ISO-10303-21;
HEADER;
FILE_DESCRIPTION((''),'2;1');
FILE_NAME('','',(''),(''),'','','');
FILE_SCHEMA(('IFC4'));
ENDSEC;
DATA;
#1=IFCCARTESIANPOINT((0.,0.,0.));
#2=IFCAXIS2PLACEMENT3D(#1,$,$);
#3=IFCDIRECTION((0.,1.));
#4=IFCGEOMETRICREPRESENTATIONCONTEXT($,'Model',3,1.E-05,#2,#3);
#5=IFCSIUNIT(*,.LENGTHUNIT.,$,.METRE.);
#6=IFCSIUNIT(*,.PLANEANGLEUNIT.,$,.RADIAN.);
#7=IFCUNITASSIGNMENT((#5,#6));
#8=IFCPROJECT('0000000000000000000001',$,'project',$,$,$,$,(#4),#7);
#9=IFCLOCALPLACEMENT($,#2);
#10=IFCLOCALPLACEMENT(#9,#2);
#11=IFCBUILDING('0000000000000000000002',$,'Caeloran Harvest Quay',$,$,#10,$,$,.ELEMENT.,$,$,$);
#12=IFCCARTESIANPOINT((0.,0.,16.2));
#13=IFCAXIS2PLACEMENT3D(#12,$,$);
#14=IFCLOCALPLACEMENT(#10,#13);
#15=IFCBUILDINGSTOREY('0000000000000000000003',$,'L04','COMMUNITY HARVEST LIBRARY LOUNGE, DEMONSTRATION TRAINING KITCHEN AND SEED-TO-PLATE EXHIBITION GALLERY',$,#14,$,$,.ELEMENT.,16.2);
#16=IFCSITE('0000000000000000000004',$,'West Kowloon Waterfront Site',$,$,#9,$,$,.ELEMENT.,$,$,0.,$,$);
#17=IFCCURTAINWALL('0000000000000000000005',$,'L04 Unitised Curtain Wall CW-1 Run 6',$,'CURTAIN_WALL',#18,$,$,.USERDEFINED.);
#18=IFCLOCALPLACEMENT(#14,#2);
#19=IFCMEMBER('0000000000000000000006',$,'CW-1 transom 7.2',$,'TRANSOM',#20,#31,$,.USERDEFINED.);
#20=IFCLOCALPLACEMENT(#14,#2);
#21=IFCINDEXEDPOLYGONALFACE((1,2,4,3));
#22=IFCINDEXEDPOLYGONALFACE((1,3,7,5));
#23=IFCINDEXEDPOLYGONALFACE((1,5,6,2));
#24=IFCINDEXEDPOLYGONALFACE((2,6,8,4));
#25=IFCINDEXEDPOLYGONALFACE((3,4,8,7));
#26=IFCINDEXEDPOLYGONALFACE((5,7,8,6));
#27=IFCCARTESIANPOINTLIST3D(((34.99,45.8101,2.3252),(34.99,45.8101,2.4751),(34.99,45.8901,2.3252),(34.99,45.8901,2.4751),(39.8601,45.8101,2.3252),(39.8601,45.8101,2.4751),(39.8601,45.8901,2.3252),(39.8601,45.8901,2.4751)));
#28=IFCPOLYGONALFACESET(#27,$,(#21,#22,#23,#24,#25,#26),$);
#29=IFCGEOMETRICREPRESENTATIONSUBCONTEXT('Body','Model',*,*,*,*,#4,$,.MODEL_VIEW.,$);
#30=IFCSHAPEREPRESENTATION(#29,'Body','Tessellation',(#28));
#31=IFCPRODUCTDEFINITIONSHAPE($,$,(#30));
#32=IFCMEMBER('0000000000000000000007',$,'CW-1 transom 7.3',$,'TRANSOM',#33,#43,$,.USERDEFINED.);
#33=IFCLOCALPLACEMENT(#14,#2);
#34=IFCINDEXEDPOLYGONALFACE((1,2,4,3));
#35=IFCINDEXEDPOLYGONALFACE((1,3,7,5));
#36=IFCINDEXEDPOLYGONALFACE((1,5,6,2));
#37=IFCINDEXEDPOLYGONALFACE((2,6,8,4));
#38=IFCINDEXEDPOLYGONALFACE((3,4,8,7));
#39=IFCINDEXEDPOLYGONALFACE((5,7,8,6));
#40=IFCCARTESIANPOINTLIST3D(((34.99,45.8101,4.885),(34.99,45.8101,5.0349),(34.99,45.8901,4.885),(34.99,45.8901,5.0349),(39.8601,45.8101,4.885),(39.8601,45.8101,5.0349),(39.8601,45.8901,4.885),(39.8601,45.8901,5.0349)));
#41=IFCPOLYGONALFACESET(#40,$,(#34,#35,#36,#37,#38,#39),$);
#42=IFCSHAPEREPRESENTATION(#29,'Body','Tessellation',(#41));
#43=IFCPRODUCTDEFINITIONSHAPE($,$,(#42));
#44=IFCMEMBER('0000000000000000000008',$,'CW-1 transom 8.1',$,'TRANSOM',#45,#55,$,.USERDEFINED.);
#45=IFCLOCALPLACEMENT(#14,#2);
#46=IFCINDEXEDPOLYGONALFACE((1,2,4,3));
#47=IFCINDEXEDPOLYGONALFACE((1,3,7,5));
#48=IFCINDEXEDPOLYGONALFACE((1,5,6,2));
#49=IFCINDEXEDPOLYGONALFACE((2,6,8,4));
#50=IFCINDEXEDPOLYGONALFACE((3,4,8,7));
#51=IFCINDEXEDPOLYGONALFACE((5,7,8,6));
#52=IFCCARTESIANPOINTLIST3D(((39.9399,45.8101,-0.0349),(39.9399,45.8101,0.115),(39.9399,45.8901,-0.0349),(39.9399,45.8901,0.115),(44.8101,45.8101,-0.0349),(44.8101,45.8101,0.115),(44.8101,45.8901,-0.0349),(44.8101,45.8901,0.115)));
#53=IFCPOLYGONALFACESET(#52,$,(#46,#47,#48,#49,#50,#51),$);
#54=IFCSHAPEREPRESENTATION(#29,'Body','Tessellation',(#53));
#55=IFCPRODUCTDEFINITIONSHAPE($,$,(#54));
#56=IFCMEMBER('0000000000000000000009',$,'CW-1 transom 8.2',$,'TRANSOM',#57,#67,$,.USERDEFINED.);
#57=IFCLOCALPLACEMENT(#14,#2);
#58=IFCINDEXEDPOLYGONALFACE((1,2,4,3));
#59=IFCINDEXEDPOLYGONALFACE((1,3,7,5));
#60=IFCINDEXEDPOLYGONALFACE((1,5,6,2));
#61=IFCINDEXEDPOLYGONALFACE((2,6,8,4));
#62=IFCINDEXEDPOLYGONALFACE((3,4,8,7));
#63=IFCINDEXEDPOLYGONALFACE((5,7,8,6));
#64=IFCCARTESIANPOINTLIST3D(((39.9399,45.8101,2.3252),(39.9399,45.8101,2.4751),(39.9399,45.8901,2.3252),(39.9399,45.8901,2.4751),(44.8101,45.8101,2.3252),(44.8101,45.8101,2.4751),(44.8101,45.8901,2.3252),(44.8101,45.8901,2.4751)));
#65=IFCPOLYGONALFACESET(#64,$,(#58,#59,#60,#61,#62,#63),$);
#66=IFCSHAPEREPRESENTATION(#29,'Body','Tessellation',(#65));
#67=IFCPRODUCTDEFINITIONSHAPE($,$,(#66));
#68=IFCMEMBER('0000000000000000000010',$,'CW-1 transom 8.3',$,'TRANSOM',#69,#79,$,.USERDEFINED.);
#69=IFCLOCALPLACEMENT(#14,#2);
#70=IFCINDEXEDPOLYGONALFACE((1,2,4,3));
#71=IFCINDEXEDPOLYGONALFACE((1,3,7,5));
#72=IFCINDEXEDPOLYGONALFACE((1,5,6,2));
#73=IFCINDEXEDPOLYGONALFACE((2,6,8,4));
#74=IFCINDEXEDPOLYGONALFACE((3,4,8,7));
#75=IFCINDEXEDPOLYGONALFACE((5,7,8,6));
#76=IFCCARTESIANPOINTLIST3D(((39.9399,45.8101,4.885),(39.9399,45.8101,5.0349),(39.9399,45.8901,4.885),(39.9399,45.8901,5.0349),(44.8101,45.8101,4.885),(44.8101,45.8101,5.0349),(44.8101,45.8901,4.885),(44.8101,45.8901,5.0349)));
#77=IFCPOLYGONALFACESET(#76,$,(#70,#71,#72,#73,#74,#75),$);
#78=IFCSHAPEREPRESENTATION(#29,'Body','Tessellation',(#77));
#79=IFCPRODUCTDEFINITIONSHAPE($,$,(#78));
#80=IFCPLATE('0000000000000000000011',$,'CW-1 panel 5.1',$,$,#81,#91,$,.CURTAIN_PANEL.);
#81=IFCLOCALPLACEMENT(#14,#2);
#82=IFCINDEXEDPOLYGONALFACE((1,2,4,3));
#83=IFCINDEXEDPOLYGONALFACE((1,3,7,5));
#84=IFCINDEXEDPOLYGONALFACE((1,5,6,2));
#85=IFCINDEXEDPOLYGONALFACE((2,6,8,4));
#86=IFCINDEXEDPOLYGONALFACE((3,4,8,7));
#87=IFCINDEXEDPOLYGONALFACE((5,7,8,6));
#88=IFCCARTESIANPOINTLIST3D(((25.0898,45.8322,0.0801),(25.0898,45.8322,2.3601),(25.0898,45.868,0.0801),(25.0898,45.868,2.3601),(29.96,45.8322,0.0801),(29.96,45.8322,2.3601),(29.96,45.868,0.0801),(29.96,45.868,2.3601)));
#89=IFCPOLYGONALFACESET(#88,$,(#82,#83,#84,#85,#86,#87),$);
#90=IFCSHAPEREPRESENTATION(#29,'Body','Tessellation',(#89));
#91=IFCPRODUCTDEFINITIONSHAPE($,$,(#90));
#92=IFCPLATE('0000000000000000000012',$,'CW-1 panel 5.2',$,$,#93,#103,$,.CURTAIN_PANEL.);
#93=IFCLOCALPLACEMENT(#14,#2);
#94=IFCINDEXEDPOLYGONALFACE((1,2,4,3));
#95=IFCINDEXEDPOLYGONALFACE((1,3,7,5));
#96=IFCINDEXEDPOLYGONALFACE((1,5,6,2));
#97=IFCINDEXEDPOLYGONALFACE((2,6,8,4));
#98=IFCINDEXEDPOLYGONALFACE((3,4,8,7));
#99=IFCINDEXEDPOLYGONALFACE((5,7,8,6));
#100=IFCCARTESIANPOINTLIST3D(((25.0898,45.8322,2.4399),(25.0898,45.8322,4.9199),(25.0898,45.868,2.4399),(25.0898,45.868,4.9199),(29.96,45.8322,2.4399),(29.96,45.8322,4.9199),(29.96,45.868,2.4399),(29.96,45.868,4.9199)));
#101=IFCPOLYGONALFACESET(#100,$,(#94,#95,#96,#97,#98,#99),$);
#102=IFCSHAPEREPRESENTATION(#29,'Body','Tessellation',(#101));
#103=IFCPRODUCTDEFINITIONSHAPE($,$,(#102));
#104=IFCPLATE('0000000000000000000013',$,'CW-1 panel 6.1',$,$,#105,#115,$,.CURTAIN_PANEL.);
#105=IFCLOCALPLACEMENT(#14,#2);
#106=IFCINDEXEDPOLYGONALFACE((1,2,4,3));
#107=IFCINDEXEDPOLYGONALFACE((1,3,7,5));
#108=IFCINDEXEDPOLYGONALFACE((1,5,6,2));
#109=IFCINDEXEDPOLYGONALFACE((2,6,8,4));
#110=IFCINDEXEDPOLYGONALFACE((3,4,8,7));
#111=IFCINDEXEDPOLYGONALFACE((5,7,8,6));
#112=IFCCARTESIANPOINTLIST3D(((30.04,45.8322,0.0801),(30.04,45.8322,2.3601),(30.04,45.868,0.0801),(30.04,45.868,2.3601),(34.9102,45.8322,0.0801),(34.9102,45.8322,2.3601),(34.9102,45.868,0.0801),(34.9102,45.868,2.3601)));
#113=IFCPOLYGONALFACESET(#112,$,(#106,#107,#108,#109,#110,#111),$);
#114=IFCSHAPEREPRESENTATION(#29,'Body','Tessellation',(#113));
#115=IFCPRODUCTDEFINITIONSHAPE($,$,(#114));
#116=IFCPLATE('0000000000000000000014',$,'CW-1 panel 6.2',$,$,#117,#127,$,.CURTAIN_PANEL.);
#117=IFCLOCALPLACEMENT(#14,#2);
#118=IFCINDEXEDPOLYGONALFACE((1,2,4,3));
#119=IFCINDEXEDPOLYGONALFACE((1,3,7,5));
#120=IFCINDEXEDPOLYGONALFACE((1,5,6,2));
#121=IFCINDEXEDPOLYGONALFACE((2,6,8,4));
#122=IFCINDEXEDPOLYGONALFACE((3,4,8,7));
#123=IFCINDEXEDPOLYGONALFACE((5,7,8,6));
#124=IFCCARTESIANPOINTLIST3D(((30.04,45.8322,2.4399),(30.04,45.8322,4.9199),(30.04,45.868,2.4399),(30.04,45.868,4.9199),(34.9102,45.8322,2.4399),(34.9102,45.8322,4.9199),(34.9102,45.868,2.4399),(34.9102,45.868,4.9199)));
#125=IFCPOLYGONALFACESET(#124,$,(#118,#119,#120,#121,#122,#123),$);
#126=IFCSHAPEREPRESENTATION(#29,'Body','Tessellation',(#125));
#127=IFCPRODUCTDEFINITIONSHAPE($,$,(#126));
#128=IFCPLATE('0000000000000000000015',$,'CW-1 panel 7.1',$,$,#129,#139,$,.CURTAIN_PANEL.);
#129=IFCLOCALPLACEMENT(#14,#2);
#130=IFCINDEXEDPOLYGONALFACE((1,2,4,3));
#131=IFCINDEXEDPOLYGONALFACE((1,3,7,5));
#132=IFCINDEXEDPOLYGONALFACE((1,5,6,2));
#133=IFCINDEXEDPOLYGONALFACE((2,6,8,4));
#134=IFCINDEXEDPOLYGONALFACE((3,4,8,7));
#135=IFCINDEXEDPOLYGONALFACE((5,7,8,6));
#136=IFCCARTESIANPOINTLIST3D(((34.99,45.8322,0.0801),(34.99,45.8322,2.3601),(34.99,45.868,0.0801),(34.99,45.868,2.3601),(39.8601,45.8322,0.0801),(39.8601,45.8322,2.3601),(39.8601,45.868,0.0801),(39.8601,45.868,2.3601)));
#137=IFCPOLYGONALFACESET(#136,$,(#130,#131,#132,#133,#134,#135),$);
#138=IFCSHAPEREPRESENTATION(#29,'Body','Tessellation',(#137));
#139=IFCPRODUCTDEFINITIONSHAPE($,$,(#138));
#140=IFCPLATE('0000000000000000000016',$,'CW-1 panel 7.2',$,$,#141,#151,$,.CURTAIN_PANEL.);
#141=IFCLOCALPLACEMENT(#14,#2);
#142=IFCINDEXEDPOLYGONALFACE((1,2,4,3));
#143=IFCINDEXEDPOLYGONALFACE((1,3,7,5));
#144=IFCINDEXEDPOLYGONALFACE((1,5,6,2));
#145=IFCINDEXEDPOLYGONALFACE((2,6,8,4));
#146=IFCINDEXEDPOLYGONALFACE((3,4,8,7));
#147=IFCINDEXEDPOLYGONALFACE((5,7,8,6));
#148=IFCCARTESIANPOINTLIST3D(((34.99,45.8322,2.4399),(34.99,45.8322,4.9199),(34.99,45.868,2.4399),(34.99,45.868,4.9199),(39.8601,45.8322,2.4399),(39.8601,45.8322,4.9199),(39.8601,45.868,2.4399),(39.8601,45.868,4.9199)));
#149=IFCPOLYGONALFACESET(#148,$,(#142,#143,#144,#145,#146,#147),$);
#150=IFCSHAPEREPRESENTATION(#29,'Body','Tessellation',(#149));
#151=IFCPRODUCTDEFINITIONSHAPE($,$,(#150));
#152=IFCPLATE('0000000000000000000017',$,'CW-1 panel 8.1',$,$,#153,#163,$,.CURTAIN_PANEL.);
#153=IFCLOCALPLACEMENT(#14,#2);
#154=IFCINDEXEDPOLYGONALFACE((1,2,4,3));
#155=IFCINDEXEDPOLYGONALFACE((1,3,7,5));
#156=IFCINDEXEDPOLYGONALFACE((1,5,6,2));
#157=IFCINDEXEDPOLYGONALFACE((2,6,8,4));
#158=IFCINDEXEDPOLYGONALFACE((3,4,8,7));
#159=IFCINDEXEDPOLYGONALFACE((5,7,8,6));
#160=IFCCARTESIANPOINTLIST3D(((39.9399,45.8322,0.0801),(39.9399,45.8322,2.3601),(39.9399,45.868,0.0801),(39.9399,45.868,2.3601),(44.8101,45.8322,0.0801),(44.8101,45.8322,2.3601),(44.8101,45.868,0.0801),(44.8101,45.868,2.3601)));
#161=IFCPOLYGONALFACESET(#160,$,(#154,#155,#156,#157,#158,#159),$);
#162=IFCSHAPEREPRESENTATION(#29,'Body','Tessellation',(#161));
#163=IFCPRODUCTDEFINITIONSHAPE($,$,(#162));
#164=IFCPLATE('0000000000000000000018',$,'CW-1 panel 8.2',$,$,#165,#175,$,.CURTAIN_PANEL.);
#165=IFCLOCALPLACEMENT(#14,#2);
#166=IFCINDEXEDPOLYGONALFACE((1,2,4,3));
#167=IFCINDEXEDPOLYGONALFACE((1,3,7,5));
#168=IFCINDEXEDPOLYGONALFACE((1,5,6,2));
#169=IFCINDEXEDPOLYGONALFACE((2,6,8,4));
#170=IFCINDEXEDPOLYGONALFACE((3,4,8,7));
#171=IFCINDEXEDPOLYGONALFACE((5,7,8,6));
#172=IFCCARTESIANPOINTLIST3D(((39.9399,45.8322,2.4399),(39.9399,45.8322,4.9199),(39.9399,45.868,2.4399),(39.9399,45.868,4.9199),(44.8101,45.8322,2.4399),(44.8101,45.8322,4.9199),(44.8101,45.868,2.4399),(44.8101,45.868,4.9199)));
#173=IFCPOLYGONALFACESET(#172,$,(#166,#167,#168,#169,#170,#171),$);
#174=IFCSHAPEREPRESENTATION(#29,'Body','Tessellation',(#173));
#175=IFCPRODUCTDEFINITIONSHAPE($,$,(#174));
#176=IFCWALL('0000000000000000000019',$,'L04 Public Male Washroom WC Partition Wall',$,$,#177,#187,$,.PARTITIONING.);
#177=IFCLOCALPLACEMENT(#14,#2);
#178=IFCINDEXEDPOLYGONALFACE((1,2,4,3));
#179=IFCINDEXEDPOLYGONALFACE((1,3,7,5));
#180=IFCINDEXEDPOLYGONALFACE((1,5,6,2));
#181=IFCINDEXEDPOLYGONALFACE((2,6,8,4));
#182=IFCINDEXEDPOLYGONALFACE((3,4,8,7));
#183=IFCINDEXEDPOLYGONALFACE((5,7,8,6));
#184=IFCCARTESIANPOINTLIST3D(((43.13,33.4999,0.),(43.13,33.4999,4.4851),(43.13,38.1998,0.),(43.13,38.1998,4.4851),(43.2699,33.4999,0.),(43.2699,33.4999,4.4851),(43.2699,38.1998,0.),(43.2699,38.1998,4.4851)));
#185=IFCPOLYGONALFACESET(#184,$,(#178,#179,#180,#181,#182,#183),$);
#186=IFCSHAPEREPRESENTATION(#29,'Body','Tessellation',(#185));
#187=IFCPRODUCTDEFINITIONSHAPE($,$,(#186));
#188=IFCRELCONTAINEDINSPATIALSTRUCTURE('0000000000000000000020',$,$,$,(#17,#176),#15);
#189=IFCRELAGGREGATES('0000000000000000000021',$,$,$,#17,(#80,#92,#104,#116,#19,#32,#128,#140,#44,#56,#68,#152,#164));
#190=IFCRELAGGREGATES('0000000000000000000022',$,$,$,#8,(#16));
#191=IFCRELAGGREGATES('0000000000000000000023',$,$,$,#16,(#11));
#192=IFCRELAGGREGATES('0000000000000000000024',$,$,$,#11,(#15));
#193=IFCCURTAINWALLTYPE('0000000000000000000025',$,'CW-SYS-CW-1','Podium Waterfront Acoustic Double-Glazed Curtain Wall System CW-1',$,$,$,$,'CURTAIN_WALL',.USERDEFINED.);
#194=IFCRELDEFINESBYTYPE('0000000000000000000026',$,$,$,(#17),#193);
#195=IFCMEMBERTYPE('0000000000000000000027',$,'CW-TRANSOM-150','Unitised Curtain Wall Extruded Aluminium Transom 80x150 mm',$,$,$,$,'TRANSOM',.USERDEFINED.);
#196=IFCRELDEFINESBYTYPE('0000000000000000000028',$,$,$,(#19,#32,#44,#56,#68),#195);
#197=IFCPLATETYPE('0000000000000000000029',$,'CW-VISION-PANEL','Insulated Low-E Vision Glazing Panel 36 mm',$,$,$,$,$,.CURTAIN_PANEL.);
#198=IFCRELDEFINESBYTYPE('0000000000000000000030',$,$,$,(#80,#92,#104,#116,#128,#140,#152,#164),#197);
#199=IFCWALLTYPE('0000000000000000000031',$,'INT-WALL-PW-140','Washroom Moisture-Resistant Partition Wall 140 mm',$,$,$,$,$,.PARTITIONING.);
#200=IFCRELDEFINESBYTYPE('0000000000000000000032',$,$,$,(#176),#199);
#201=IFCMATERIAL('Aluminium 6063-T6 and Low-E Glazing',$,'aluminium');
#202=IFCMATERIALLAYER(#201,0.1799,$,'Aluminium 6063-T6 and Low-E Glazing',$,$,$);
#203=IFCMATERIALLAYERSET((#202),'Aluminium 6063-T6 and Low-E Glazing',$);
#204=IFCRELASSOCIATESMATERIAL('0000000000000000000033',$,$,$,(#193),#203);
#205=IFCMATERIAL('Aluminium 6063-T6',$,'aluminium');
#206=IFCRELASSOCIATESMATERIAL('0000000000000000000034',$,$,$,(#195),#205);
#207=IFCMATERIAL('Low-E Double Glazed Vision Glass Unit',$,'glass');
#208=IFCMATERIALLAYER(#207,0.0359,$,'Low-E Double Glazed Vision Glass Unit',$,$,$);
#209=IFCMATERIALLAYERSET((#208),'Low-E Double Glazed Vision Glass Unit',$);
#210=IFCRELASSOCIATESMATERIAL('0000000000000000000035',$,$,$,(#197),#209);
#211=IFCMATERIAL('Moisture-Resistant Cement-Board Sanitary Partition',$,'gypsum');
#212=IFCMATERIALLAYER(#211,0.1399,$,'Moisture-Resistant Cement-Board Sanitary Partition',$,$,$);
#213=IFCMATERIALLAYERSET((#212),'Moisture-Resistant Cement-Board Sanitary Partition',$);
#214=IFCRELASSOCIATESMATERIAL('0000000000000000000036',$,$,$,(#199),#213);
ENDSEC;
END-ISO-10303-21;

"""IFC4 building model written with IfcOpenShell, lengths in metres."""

from ifc_helpers import new_model, si_unit, direction, frame, frame_2d, origin, origin_2d, place, context, subcontext, project, spatial, rectangle, extrude, material, layer, layer_set, material_profile, profile_set, type_object, element, aggregate, save


model = new_model("IFC4")

# Units and contexts
model_context = context("Model", 3, precision=1e-05, world=origin(), true_north=direction((0.0, 1.0)))
body_context = subcontext(model_context, "Body", "Model", "MODEL_VIEW")
ifc_project = project(units=[si_unit("LENGTHUNIT", "METRE"), si_unit("PLANEANGLEUNIT", "RADIAN")], contexts=[model_context])

# Site, building, storey
site_placement = place(None, origin())
site = spatial("IfcSite", under=ifc_project, at=site_placement, Name="West Kowloon Waterfront Site", CompositionType="ELEMENT", RefElevation=0.0)
building_placement = place(site_placement, origin())
building = spatial("IfcBuilding", under=site, at=building_placement, Name="Caeloran Harvest Quay", CompositionType="ELEMENT")
storey_placement = place(building_placement, frame((0.0, 0.0, 16.2)))
storey = spatial("IfcBuildingStorey", under=building, at=storey_placement, Name="L04", Description="COMMUNITY HARVEST LIBRARY LOUNGE, DEMONSTRATION TRAINING KITCHEN AND SEED-TO-PLATE EXHIBITION GALLERY", CompositionType="ELEMENT", Elevation=16.2)

# Curtain wall, members, plates
ifc_material_1 = material(Name="Aluminium 6063-T6 and Low-E Glazing", Category="aluminium")
ifc_layer_1 = layer(ifc_material_1, 0.1799, Name="Aluminium 6063-T6 and Low-E Glazing")
ifc_layer_set_1 = layer_set([ifc_layer_1], Name="Aluminium 6063-T6 and Low-E Glazing")
curtain_wall_type = type_object("IfcCurtainWallType", Name="CW-SYS-CW-1", Description="Podium Waterfront Acoustic Double-Glazed Curtain Wall System CW-1", ElementType="CURTAIN_WALL", PredefinedType="USERDEFINED", material=ifc_layer_set_1)
curtain_wall_placement = place(storey_placement, origin())
curtain_wall = element("IfcCurtainWall", 1, at=curtain_wall_placement, inside=storey, type_object=curtain_wall_type, Name="L04 Unitised Curtain Wall CW-1 Run 6", ObjectType="CURTAIN_WALL", PredefinedType="USERDEFINED")
ifc_material_2 = material(Name="Aluminium 6063-T6", Category="aluminium")
ifc_material_profile_1 = material_profile(ifc_material_2, rectangle(XDim=0.0801, YDim=0.1499, at=origin_2d()), Name="CW-TRANSOM-150")
ifc_profile_set_1 = profile_set([ifc_material_profile_1], Name="Aluminium 6063-T6")
member_type_1 = type_object("IfcMemberType", Name="CW-TRANSOM-150", Description="Unitised Curtain Wall Extruded Aluminium Transom 80x150 mm", ElementType="TRANSOM", PredefinedType="USERDEFINED", material=ifc_profile_set_1)
member_1_placement = place(storey_placement, frame((34.99, 45.8501, 2.4001), z_axis=(1.0, 0.0, 0.0), x_axis=(0.0, 1.0, 0.0)))
member_1 = element("IfcMember", 2, at=member_1_placement, type_object=member_type_1, Name="CW-1 transom 7.2", ObjectType="TRANSOM", PredefinedType="USERDEFINED", context=body_context, shape_type="SweptSolid", body=[
    extrude(rectangle(XDim=0.0801, YDim=0.1499, at=origin_2d()), origin(), (0.0, 0.0, 1.0), 4.8701),
])
member_2_placement = place(storey_placement, frame((34.99, 45.8501, 4.96), z_axis=(1.0, 0.0, 0.0), x_axis=(0.0, 1.0, 0.0)))
member_2 = element("IfcMember", 3, at=member_2_placement, type_object=member_type_1, Name="CW-1 transom 7.3", ObjectType="TRANSOM", PredefinedType="USERDEFINED", context=body_context, shape_type="SweptSolid", body=[
    extrude(rectangle(XDim=0.0801, YDim=0.1499, at=origin_2d()), origin(), (0.0, 0.0, 1.0), 4.8701),
])
member_3_placement = place(storey_placement, frame((39.9399, 45.8501, 0.04), z_axis=(1.0, 0.0, 0.0), x_axis=(0.0, 1.0, 0.0)))
member_3 = element("IfcMember", 4, at=member_3_placement, type_object=member_type_1, Name="CW-1 transom 8.1", ObjectType="TRANSOM", PredefinedType="USERDEFINED", context=body_context, shape_type="SweptSolid", body=[
    extrude(rectangle(XDim=0.0801, YDim=0.1499, at=origin_2d()), origin(), (0.0, 0.0, 1.0), 4.8701),
])
member_4_placement = place(storey_placement, frame((39.9399, 45.8501, 2.4001), z_axis=(1.0, 0.0, 0.0), x_axis=(0.0, 1.0, 0.0)))
member_4 = element("IfcMember", 5, at=member_4_placement, type_object=member_type_1, Name="CW-1 transom 8.2", ObjectType="TRANSOM", PredefinedType="USERDEFINED", context=body_context, shape_type="SweptSolid", body=[
    extrude(rectangle(XDim=0.0801, YDim=0.1499, at=origin_2d()), origin(), (0.0, 0.0, 1.0), 4.8701),
])
member_5_placement = place(storey_placement, frame((39.9399, 45.8501, 4.96), z_axis=(1.0, 0.0, 0.0), x_axis=(0.0, 1.0, 0.0)))
member_5 = element("IfcMember", 6, at=member_5_placement, type_object=member_type_1, Name="CW-1 transom 8.3", ObjectType="TRANSOM", PredefinedType="USERDEFINED", context=body_context, shape_type="SweptSolid", body=[
    extrude(rectangle(XDim=0.0801, YDim=0.1499, at=origin_2d()), origin(), (0.0, 0.0, 1.0), 4.8701),
])
ifc_material_3 = material(Name="Low-E Double Glazed Vision Glass Unit", Category="glass")
ifc_layer_2 = layer(ifc_material_3, 0.0359, Name="Low-E Double Glazed Vision Glass Unit")
ifc_layer_set_2 = layer_set([ifc_layer_2], Name="Low-E Double Glazed Vision Glass Unit")
plate_type = type_object("IfcPlateType", Name="CW-VISION-PANEL", Description="Insulated Low-E Vision Glazing Panel 36 mm", PredefinedType="CURTAIN_PANEL", material=ifc_layer_set_2)
plate_1_placement = place(storey_placement, frame((27.5249, 45.8501, 0.0801), z_axis=(0.0, 0.0, 1.0), x_axis=(1.0, 0.0, 0.0)))
plate_1 = element("IfcPlate", 7, at=plate_1_placement, type_object=plate_type, Name="CW-1 panel 5.1", PredefinedType="CURTAIN_PANEL", context=body_context, shape_type="SweptSolid", body=[
    extrude(rectangle(XDim=4.8701, YDim=0.0359, at=origin_2d()), origin(), (0.0, 0.0, 1.0), 2.28),
])
plate_2_placement = place(storey_placement, frame((27.5249, 45.8501, 2.4399), z_axis=(0.0, 0.0, 1.0), x_axis=(1.0, 0.0, 0.0)))
plate_2 = element("IfcPlate", 8, at=plate_2_placement, type_object=plate_type, Name="CW-1 panel 5.2", PredefinedType="CURTAIN_PANEL", context=body_context, shape_type="SweptSolid", body=[
    extrude(rectangle(XDim=4.8701, YDim=0.0359, at=origin_2d()), origin(), (0.0, 0.0, 1.0), 2.48),
])
plate_3_placement = place(storey_placement, frame((32.4751, 45.8501, 0.0801), z_axis=(0.0, 0.0, 1.0), x_axis=(1.0, 0.0, 0.0)))
plate_3 = element("IfcPlate", 9, at=plate_3_placement, type_object=plate_type, Name="CW-1 panel 6.1", PredefinedType="CURTAIN_PANEL", context=body_context, shape_type="SweptSolid", body=[
    extrude(rectangle(XDim=4.8701, YDim=0.0359, at=origin_2d()), origin(), (0.0, 0.0, 1.0), 2.28),
])
plate_4_placement = place(storey_placement, frame((32.4751, 45.8501, 2.4399), z_axis=(0.0, 0.0, 1.0), x_axis=(1.0, 0.0, 0.0)))
plate_4 = element("IfcPlate", 10, at=plate_4_placement, type_object=plate_type, Name="CW-1 panel 6.2", PredefinedType="CURTAIN_PANEL", context=body_context, shape_type="SweptSolid", body=[
    extrude(rectangle(XDim=4.8701, YDim=0.0359, at=origin_2d()), origin(), (0.0, 0.0, 1.0), 2.48),
])
plate_5_placement = place(storey_placement, frame((37.425, 45.8501, 0.0801), z_axis=(0.0, 0.0, 1.0), x_axis=(1.0, 0.0, 0.0)))
plate_5 = element("IfcPlate", 11, at=plate_5_placement, type_object=plate_type, Name="CW-1 panel 7.1", PredefinedType="CURTAIN_PANEL", context=body_context, shape_type="SweptSolid", body=[
    extrude(rectangle(XDim=4.8701, YDim=0.0359, at=origin_2d()), origin(), (0.0, 0.0, 1.0), 2.28),
])
plate_6_placement = place(storey_placement, frame((37.425, 45.8501, 2.4399), z_axis=(0.0, 0.0, 1.0), x_axis=(1.0, 0.0, 0.0)))
plate_6 = element("IfcPlate", 12, at=plate_6_placement, type_object=plate_type, Name="CW-1 panel 7.2", PredefinedType="CURTAIN_PANEL", context=body_context, shape_type="SweptSolid", body=[
    extrude(rectangle(XDim=4.8701, YDim=0.0359, at=origin_2d()), origin(), (0.0, 0.0, 1.0), 2.48),
])
plate_7_placement = place(storey_placement, frame((42.375, 45.8501, 0.0801), z_axis=(0.0, 0.0, 1.0), x_axis=(1.0, 0.0, 0.0)))
plate_7 = element("IfcPlate", 13, at=plate_7_placement, type_object=plate_type, Name="CW-1 panel 8.1", PredefinedType="CURTAIN_PANEL", context=body_context, shape_type="SweptSolid", body=[
    extrude(rectangle(XDim=4.8701, YDim=0.0359, at=origin_2d()), origin(), (0.0, 0.0, 1.0), 2.28),
])
plate_8_placement = place(storey_placement, frame((42.375, 45.8501, 2.4399), z_axis=(0.0, 0.0, 1.0), x_axis=(1.0, 0.0, 0.0)))
plate_8 = element("IfcPlate", 14, at=plate_8_placement, type_object=plate_type, Name="CW-1 panel 8.2", PredefinedType="CURTAIN_PANEL", context=body_context, shape_type="SweptSolid", body=[
    extrude(rectangle(XDim=4.8701, YDim=0.0359, at=origin_2d()), origin(), (0.0, 0.0, 1.0), 2.48),
])
aggregate(curtain_wall, [plate_1, plate_2, plate_3, plate_4, member_1, member_2, plate_5, plate_6, member_3, member_4, member_5, plate_7, plate_8])

# Wall
ifc_material_4 = material(Name="Moisture-Resistant Cement-Board Sanitary Partition", Category="gypsum")
ifc_layer_3 = layer(ifc_material_4, 0.1399, Name="Moisture-Resistant Cement-Board Sanitary Partition")
ifc_layer_set_3 = layer_set([ifc_layer_3], Name="Moisture-Resistant Cement-Board Sanitary Partition")
wall_type_1 = type_object("IfcWallType", Name="INT-WALL-PW-140", Description="Washroom Moisture-Resistant Partition Wall 140 mm", PredefinedType="PARTITIONING", material=ifc_layer_set_3)
wall_1_placement = place(storey_placement, frame((43.2, 38.2, 0.0), z_axis=(0.0, 0.0, 1.0), x_axis=(0.0, -1.0, 0.0)))
element("IfcWall", 15, at=wall_1_placement, inside=storey, type_object=wall_type_1, Name="L04 Public Male Washroom WC Partition Wall", PredefinedType="PARTITIONING", context=body_context, shape_type="SweptSolid", body=[
    extrude(rectangle(XDim=4.7, YDim=0.1399, at=frame_2d((2.3501, 0.0))), origin(), (0.0, 0.0, 1.0), 4.4851),
])

save(model, "model.ifc")
